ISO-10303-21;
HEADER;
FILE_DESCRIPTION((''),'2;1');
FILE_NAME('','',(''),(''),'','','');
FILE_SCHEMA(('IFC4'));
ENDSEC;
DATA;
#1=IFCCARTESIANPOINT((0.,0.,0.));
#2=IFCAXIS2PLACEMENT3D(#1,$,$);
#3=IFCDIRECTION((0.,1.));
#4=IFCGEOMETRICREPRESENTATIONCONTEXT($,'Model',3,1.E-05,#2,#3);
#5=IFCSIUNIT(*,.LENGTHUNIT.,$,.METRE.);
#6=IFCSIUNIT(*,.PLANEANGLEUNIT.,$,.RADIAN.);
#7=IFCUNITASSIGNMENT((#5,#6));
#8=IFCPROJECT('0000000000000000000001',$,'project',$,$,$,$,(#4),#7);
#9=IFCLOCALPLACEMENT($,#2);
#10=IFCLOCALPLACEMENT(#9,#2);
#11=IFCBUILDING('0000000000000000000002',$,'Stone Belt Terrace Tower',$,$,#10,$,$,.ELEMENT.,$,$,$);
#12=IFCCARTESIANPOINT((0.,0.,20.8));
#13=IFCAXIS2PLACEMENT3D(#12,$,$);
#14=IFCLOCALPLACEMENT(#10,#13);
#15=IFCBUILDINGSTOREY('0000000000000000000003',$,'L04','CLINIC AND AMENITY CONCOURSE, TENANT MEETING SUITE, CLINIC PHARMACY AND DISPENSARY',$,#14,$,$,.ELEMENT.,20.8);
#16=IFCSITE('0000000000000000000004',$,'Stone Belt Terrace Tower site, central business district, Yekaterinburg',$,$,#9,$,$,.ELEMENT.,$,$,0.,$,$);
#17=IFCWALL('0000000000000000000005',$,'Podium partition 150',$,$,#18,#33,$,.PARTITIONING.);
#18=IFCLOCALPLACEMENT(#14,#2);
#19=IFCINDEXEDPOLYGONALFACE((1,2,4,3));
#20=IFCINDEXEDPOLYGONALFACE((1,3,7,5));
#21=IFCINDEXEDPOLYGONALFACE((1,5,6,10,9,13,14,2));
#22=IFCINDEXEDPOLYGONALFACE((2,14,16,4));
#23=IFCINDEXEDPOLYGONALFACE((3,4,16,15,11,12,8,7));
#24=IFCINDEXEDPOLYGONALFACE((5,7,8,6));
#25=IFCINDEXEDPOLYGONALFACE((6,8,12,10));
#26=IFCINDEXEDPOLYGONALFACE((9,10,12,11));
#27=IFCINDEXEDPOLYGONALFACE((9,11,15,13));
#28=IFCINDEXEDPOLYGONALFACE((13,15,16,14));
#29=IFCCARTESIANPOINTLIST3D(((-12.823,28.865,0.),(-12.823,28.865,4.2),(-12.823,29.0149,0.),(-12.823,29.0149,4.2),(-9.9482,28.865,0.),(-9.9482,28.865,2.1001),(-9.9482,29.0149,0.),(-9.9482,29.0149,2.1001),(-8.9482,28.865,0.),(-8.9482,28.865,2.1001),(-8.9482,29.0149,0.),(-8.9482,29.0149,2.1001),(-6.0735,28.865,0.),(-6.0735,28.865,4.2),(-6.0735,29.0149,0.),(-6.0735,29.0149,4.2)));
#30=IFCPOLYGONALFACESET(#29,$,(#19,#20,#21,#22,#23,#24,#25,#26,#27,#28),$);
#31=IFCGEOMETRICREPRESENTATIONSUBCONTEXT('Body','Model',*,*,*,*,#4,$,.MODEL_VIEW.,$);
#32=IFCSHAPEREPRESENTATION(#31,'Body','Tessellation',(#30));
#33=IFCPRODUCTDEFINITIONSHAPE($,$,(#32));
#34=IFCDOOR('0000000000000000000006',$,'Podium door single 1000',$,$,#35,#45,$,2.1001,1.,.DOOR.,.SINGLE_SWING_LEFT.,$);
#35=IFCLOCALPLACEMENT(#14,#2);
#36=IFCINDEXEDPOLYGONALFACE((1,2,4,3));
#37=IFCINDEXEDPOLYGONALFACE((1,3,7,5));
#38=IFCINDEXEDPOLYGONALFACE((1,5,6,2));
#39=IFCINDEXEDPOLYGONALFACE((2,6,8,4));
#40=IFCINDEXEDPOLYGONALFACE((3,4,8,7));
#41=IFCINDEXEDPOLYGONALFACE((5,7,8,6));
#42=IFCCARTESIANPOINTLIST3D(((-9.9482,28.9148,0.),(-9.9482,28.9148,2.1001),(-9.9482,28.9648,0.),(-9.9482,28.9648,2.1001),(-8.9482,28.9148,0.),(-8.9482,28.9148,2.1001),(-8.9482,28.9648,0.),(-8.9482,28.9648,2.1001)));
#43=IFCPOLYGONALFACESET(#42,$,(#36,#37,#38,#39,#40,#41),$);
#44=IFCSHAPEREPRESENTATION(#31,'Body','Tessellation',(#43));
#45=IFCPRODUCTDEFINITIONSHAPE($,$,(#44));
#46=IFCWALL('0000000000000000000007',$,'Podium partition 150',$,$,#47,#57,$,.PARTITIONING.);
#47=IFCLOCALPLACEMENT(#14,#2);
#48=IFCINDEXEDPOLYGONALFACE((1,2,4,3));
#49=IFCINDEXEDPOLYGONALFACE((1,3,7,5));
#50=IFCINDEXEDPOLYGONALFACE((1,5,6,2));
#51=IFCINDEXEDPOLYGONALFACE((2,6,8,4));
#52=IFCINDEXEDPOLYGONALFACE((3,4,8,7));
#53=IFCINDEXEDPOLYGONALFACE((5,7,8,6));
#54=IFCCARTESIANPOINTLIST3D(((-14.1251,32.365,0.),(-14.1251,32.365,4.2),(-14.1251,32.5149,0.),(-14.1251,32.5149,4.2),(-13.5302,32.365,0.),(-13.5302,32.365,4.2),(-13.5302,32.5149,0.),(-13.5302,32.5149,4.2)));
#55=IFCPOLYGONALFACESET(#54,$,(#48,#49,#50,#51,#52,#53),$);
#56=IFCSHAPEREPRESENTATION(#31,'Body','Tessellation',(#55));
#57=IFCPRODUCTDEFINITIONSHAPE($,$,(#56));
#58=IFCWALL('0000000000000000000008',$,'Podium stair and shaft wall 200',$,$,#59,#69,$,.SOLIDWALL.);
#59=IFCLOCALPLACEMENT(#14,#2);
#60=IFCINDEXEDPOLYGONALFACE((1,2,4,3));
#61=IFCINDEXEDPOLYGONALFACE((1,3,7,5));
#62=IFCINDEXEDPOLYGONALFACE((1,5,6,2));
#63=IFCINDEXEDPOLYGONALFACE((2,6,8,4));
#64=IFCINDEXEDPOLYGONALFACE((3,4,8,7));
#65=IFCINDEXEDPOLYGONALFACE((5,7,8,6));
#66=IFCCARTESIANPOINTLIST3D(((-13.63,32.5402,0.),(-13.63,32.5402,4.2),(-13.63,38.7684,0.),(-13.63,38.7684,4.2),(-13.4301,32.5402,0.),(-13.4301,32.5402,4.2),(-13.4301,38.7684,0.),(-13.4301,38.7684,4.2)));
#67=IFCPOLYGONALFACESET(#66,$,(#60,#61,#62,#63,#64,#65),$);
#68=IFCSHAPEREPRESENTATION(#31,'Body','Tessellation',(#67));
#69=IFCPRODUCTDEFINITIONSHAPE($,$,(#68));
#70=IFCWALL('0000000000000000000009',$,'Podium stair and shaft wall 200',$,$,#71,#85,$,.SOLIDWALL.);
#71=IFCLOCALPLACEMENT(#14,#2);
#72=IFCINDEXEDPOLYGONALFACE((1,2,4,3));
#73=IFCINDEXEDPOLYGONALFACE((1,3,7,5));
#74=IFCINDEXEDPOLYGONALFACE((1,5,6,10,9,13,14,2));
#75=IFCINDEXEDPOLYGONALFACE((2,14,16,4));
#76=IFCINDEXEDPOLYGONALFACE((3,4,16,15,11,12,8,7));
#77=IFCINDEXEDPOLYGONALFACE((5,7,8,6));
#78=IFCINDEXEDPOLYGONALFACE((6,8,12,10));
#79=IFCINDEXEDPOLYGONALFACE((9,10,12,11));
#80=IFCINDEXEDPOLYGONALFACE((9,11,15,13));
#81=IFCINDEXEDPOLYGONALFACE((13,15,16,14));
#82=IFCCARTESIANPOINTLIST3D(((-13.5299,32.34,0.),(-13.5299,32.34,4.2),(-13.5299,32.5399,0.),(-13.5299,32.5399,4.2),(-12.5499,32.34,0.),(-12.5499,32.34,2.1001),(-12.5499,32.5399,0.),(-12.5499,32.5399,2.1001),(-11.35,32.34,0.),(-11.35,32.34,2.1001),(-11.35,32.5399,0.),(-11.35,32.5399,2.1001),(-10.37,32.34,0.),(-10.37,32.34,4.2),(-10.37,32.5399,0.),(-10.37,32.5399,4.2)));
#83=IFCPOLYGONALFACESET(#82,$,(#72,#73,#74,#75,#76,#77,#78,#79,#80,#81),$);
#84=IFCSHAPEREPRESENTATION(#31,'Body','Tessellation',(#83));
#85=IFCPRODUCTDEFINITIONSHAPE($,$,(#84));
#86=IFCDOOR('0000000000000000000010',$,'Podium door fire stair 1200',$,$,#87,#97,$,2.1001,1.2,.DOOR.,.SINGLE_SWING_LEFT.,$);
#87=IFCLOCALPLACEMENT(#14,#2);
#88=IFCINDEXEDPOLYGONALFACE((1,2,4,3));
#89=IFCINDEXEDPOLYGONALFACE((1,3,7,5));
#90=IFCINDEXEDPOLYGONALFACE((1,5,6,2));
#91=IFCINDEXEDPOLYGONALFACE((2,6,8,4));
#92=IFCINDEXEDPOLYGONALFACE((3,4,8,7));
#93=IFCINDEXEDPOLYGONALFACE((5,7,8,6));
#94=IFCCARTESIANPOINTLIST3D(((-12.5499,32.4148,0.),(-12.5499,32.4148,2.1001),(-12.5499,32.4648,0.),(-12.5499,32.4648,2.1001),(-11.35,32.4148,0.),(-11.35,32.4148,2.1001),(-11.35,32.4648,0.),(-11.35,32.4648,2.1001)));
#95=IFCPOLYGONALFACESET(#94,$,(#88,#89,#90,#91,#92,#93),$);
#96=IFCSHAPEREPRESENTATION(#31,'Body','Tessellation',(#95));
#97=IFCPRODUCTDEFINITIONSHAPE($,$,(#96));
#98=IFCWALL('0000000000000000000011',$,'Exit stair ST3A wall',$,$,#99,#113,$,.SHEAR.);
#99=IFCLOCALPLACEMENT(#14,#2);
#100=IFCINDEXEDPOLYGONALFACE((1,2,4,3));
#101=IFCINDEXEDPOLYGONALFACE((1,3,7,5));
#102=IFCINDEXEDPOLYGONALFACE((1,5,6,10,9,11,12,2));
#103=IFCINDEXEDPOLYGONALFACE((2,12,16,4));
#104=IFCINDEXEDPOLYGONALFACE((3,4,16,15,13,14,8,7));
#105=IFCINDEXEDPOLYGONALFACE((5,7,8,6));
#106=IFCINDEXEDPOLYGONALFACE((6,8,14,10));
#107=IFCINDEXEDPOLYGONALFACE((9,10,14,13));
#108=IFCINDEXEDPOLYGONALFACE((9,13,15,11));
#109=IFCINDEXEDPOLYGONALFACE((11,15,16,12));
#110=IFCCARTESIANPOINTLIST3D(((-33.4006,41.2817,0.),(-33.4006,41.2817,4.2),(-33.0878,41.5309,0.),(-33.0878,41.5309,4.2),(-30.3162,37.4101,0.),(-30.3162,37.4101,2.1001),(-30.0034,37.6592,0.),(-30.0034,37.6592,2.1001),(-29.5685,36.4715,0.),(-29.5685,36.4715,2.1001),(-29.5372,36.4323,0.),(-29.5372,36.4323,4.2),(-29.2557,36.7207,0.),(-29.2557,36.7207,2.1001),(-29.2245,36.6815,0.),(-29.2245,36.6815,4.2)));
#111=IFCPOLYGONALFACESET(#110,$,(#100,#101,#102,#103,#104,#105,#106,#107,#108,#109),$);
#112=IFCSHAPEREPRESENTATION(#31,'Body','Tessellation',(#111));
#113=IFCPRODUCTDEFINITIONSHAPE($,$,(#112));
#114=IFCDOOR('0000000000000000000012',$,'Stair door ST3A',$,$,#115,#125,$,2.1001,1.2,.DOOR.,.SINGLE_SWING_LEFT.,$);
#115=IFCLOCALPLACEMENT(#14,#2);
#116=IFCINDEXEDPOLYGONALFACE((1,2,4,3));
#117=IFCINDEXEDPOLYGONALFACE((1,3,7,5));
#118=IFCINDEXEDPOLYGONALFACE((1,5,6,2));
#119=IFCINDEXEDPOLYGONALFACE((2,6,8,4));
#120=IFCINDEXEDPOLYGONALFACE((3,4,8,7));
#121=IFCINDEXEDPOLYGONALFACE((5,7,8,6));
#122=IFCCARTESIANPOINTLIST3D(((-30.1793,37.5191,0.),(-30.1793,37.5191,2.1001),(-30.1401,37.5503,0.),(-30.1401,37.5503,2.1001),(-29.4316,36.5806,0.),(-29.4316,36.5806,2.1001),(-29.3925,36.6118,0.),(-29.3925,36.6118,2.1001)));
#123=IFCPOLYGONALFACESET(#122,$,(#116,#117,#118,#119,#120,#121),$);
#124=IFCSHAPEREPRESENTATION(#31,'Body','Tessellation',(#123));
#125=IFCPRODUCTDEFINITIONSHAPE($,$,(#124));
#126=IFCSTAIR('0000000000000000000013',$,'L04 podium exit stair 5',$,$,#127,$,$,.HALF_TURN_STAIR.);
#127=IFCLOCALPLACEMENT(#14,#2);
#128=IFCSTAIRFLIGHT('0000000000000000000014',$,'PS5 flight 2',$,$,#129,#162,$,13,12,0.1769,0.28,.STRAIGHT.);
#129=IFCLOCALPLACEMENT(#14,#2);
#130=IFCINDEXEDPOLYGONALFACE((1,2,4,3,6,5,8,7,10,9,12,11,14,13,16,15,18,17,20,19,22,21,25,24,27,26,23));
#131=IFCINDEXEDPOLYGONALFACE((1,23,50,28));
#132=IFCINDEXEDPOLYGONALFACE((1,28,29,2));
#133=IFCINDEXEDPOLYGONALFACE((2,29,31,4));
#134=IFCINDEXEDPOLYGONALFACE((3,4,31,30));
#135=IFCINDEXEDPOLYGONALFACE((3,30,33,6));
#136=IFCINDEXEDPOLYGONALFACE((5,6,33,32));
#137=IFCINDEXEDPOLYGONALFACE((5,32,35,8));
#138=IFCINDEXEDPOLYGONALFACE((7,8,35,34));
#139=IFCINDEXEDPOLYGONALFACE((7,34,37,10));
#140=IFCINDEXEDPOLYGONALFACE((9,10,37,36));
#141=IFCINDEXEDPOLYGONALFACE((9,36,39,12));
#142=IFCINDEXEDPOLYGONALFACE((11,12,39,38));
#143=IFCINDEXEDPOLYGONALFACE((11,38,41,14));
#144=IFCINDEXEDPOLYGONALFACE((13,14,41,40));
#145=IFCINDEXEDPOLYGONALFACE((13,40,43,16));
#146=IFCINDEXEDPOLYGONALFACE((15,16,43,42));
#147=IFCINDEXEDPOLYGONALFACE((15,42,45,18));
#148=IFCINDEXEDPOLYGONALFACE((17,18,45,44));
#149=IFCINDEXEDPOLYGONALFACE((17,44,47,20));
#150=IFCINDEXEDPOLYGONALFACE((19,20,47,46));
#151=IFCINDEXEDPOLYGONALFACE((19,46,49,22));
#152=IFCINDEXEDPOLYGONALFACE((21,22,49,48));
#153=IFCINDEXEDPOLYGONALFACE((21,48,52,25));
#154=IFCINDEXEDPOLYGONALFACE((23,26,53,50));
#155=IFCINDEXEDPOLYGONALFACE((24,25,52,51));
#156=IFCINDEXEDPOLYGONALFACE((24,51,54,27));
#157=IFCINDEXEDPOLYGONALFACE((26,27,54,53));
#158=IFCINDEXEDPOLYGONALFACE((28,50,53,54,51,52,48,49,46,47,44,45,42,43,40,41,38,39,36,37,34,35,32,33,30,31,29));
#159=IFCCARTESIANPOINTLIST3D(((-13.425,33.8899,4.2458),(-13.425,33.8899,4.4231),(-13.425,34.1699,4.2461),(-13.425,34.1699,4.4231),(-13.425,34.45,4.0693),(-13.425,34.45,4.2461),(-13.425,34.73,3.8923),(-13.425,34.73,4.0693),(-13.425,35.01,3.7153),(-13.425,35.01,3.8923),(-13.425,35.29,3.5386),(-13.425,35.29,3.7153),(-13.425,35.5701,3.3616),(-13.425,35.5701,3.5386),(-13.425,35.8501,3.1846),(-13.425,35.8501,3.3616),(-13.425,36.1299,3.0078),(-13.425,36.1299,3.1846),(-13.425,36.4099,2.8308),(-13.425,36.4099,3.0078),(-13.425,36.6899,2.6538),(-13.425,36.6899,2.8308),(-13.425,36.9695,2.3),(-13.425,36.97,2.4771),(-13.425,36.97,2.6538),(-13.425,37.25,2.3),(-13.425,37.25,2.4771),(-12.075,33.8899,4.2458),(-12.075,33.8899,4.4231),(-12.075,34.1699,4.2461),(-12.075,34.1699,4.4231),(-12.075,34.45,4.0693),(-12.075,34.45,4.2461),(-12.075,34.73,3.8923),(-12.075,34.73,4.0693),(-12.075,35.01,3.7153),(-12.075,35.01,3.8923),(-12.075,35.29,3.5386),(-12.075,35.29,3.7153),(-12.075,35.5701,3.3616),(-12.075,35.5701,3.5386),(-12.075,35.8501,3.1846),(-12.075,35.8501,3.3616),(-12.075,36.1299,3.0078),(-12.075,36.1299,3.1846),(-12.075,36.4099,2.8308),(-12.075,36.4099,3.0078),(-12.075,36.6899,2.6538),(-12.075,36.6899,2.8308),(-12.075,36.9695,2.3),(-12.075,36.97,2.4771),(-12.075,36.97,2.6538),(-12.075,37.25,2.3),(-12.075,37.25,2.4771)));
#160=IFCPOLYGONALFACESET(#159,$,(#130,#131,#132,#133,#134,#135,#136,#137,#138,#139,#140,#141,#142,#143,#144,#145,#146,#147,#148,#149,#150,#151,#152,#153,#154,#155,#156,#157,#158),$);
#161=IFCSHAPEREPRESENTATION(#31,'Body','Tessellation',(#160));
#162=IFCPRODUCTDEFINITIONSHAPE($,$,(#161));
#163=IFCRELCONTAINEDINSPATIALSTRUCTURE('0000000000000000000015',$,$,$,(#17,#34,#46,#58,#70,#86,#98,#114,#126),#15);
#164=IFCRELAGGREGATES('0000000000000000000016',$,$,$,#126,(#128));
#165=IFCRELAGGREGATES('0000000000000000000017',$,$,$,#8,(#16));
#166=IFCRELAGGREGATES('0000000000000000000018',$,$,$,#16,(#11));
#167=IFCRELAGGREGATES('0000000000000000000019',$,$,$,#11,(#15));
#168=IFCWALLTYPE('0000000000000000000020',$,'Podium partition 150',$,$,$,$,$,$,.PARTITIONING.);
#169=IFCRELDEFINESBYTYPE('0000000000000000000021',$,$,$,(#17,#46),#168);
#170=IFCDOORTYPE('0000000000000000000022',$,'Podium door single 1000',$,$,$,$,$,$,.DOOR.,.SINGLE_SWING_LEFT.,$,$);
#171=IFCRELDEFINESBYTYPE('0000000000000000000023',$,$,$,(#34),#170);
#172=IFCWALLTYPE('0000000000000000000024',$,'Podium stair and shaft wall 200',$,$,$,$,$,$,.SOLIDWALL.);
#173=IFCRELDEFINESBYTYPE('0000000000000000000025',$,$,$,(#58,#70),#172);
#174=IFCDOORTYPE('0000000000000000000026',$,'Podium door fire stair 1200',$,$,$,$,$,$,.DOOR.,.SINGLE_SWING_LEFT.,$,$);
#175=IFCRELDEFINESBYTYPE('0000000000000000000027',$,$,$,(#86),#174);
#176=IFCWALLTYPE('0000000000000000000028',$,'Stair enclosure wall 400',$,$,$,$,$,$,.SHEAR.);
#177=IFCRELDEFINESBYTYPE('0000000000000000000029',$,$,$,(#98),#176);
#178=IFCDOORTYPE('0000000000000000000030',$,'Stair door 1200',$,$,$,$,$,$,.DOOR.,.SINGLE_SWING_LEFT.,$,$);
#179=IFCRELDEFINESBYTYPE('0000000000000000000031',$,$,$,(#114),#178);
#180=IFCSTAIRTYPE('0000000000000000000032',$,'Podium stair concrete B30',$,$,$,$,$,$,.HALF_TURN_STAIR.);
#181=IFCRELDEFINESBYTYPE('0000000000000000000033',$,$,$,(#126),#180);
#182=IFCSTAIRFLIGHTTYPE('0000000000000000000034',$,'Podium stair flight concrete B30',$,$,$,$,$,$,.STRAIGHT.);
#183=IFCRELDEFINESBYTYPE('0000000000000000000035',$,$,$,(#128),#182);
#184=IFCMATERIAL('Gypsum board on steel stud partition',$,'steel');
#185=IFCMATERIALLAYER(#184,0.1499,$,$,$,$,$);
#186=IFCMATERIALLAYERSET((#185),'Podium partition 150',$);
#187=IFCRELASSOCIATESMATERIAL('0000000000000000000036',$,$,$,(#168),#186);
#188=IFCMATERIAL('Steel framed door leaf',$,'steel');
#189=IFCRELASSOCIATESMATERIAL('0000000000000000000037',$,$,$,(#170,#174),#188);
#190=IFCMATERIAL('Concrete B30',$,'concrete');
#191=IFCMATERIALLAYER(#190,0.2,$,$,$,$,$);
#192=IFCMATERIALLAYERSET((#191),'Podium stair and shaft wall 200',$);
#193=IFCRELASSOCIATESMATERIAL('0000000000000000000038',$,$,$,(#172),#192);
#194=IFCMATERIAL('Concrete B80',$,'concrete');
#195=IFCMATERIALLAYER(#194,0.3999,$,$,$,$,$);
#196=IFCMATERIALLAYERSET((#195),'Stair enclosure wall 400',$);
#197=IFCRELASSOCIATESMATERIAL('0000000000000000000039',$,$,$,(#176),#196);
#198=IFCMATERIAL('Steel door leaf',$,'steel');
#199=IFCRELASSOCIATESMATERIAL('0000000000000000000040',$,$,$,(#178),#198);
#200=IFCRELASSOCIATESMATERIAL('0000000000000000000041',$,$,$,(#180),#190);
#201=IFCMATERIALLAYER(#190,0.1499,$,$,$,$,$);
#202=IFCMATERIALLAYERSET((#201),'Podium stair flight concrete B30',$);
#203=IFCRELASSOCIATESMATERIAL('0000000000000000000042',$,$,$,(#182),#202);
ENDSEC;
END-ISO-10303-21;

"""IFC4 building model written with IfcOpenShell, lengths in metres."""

from ifc_helpers import new_model, si_unit, direction, frame, frame_2d, origin, place, context, subcontext, project, spatial, polyline, rectangle, outline, extrude, material, layer, layer_set, type_object, element, fill, aggregate, save


model = new_model("IFC4")

# Units and contexts
model_context = context("Model", 3, precision=1e-05, world=origin(), true_north=direction((0.0, 1.0)))
body_context = subcontext(model_context, "Body", "Model", "MODEL_VIEW")
ifc_project = project(units=[si_unit("LENGTHUNIT", "METRE"), si_unit("PLANEANGLEUNIT", "RADIAN")], contexts=[model_context])

# Site, building, storey
site_placement = place(None, origin())
site = spatial("IfcSite", under=ifc_project, at=site_placement, Name="Stone Belt Terrace Tower site, central business district, Yekaterinburg", CompositionType="ELEMENT", RefElevation=0.0)
building_placement = place(site_placement, origin())
building = spatial("IfcBuilding", under=site, at=building_placement, Name="Stone Belt Terrace Tower", CompositionType="ELEMENT")
storey_placement = place(building_placement, frame((0.0, 0.0, 20.8)))
storey = spatial("IfcBuildingStorey", under=building, at=storey_placement, Name="L04", Description="CLINIC AND AMENITY CONCOURSE, TENANT MEETING SUITE, CLINIC PHARMACY AND DISPENSARY", CompositionType="ELEMENT", Elevation=20.8)

# Shared definitions
ifc_material_1 = material(Name="Concrete B80", Category="concrete")

# Shared definitions
ifc_material_2 = material(Name="Gypsum board on steel stud partition", Category="steel")
ifc_layer_1 = layer(ifc_material_2, 0.1499)
ifc_layer_set_1 = layer_set([ifc_layer_1], Name="Podium partition 150")
wall_type_1 = type_object("IfcWallType", Name="Podium partition 150", PredefinedType="PARTITIONING", material=ifc_layer_set_1)

# Wall, opening, door
wall_1_placement = place(storey_placement, frame((-12.823, 28.9399, 0.0), z_axis=(0.0, 0.0, 1.0), x_axis=(1.0, 0.0, 0.0)))
wall_1 = element("IfcWall", 1, at=wall_1_placement, inside=storey, type_object=wall_type_1, Name="Podium partition 150", PredefinedType="PARTITIONING", context=body_context, shape_type="SweptSolid", body=[
    extrude(rectangle(XDim=6.7495, YDim=0.1499, at=frame_2d((3.3748, 0.0))), origin(), (0.0, 0.0, 1.0), 4.2),
])
opening_1_placement = place(wall_1_placement, frame((2.8748, 0.0, 0.0)))
opening_1 = element("IfcOpeningElement", 2, at=opening_1_placement, cuts=wall_1, PredefinedType="OPENING", context=body_context, shape_type="SweptSolid", body=[
    extrude(rectangle(XDim=1.0, YDim=2.1001, at=frame_2d((0.5, 1.05))), frame((0.0, 0.085, 0.0), z_axis=(0.0, -1.0, 0.0), x_axis=(1.0, 0.0, 0.0)), (0.0, 0.0, 1.0), 0.1699),
])
ifc_material_3 = material(Name="Steel framed door leaf", Category="steel")
door_type_1 = type_object("IfcDoorType", Name="Podium door single 1000", OperationType="SINGLE_SWING_LEFT", PredefinedType="DOOR", material=ifc_material_3)
door_1_placement = place(opening_1_placement, origin())
door_1 = element("IfcDoor", 3, at=door_1_placement, inside=storey, type_object=door_type_1, Name="Podium door single 1000", OperationType="SINGLE_SWING_LEFT", OverallHeight=2.1001, OverallWidth=1.0, PredefinedType="DOOR", context=body_context, shape_type="SweptSolid", body=[
    extrude(rectangle(XDim=1.0, YDim=2.1001, at=frame_2d((0.5, 1.05))), frame((0.0, 0.0249, 0.0), z_axis=(0.0, -1.0, 0.0), x_axis=(1.0, 0.0, 0.0)), (0.0, 0.0, 1.0), 0.05),
])
fill(opening_1, door_1)

# Walls
wall_2_placement = place(storey_placement, frame((-14.125, 32.4399, 0.0), z_axis=(0.0, 0.0, 1.0), x_axis=(1.0, 0.0, 0.0)))
element("IfcWall", 4, at=wall_2_placement, inside=storey, type_object=wall_type_1, Name="Podium partition 150", PredefinedType="PARTITIONING", context=body_context, shape_type="SweptSolid", body=[
    extrude(rectangle(XDim=0.595, YDim=0.1499, at=frame_2d((0.2974, 0.0))), origin(), (0.0, 0.0, 1.0), 4.2),
])
ifc_material_4 = material(Name="Concrete B30", Category="concrete")
ifc_layer_2 = layer(ifc_material_4, 0.2)
ifc_layer_set_2 = layer_set([ifc_layer_2], Name="Podium stair and shaft wall 200")
wall_type_2 = type_object("IfcWallType", Name="Podium stair and shaft wall 200", PredefinedType="SOLIDWALL", material=ifc_layer_set_2)
wall_3_placement = place(storey_placement, frame((-13.53, 32.54, 0.0), z_axis=(0.0, 0.0, 1.0), x_axis=(0.0, 1.0, 0.0)))
element("IfcWall", 5, at=wall_3_placement, inside=storey, type_object=wall_type_2, Name="Podium stair and shaft wall 200", PredefinedType="SOLIDWALL", context=body_context, shape_type="SweptSolid", body=[
    extrude(rectangle(XDim=6.2283, YDim=0.2, at=frame_2d((3.1143, 0.0))), origin(), (0.0, 0.0, 1.0), 4.2),
])

# Walls, openings, doors
wall_4_placement = place(storey_placement, frame((-13.53, 32.4399, 0.0), z_axis=(0.0, 0.0, 1.0), x_axis=(1.0, 0.0, 0.0)))
wall_4 = element("IfcWall", 6, at=wall_4_placement, inside=storey, type_object=wall_type_2, Name="Podium stair and shaft wall 200", PredefinedType="SOLIDWALL", context=body_context, shape_type="SweptSolid", body=[
    extrude(rectangle(XDim=3.1599, YDim=0.2, at=frame_2d((1.5801, 0.0))), origin(), (0.0, 0.0, 1.0), 4.2),
])
opening_2_placement = place(wall_4_placement, frame((0.98, 0.0, 0.0)))
opening_2 = element("IfcOpeningElement", 7, at=opening_2_placement, cuts=wall_4, PredefinedType="OPENING", context=body_context, shape_type="SweptSolid", body=[
    extrude(rectangle(XDim=1.2, YDim=2.1001, at=frame_2d((0.6001, 1.05))), frame((0.0, 0.1099, 0.0), z_axis=(0.0, -1.0, 0.0), x_axis=(1.0, 0.0, 0.0)), (0.0, 0.0, 1.0), 0.22),
])
door_type_2 = type_object("IfcDoorType", Name="Podium door fire stair 1200", OperationType="SINGLE_SWING_LEFT", PredefinedType="DOOR", material=ifc_material_3)
door_2_placement = place(opening_2_placement, origin())
door_2 = element("IfcDoor", 8, at=door_2_placement, inside=storey, type_object=door_type_2, Name="Podium door fire stair 1200", OperationType="SINGLE_SWING_LEFT", OverallHeight=2.1001, OverallWidth=1.2, PredefinedType="DOOR", context=body_context, shape_type="SweptSolid", body=[
    extrude(rectangle(XDim=1.2, YDim=2.1001, at=frame_2d((0.6001, 1.05))), frame((0.0, 0.0249, 0.0), z_axis=(0.0, -1.0, 0.0), x_axis=(1.0, 0.0, 0.0)), (0.0, 0.0, 1.0), 0.05),
])
fill(opening_2, door_2)
ifc_layer_3 = layer(ifc_material_1, 0.3999)
ifc_layer_set_3 = layer_set([ifc_layer_3], Name="Stair enclosure wall 400")
wall_type_3 = type_object("IfcWallType", Name="Stair enclosure wall 400", PredefinedType="SHEAR", material=ifc_layer_set_3)
wall_5_placement = place(storey_placement, frame((-29.3809, 36.5569, 0.0), z_axis=(0.0, 0.0, 1.0), x_axis=(-0.623099, 0.782143, 0.0)))
wall_5 = element("IfcWall", 9, at=wall_5_placement, inside=storey, type_object=wall_type_3, Name="Exit stair ST3A wall", PredefinedType="SHEAR", context=body_context, shape_type="SweptSolid", body=[
    extrude(rectangle(XDim=6.2002, YDim=0.3999, at=frame_2d((3.1001, 0.0))), origin(), (0.0, 0.0, 1.0), 4.2),
])
opening_3_placement = place(wall_5_placement, frame((0.05, 0.0, 0.0)))
opening_3 = element("IfcOpeningElement", 10, at=opening_3_placement, cuts=wall_5, PredefinedType="OPENING", context=body_context, shape_type="SweptSolid", body=[
    extrude(rectangle(XDim=1.2, YDim=2.1001, at=frame_2d((0.6001, 1.05))), frame((0.0, 0.21, 0.0), z_axis=(0.0, -1.0, 0.0), x_axis=(1.0, 0.0, 0.0)), (0.0, 0.0, 1.0), 0.4199),
])
ifc_material_5 = material(Name="Steel door leaf", Category="steel")
door_type_3 = type_object("IfcDoorType", Name="Stair door 1200", OperationType="SINGLE_SWING_LEFT", PredefinedType="DOOR", material=ifc_material_5)
door_3_placement = place(opening_3_placement, origin())
door_3 = element("IfcDoor", 11, at=door_3_placement, inside=storey, type_object=door_type_3, Name="Stair door ST3A", OperationType="SINGLE_SWING_LEFT", OverallHeight=2.1001, OverallWidth=1.2, PredefinedType="DOOR", context=body_context, shape_type="SweptSolid", body=[
    extrude(rectangle(XDim=1.2, YDim=2.1001, at=frame_2d((0.6001, 1.05))), frame((0.0, 0.0249, 0.0), z_axis=(0.0, -1.0, 0.0), x_axis=(1.0, 0.0, 0.0)), (0.0, 0.0, 1.0), 0.05),
])
fill(opening_3, door_3)

# Stair, stair flight
stair_type = type_object("IfcStairType", Name="Podium stair concrete B30", PredefinedType="HALF_TURN_STAIR", material=ifc_material_4)
stair_placement = place(storey_placement, origin())
stair = element("IfcStair", 12, at=stair_placement, inside=storey, type_object=stair_type, Name="L04 podium exit stair 5", PredefinedType="HALF_TURN_STAIR")
ifc_layer_4 = layer(ifc_material_4, 0.1499)
ifc_layer_set_4 = layer_set([ifc_layer_4], Name="Podium stair flight concrete B30")
stair_flight_type = type_object("IfcStairFlightType", Name="Podium stair flight concrete B30", PredefinedType="STRAIGHT", material=ifc_layer_set_4)
stair_flight_placement = place(storey_placement, frame((-12.75, 37.25, 2.3), z_axis=(0.0, 0.0, 1.0), x_axis=(0.0, -1.0, 0.0)))
stair_flight = element("IfcStairFlight", 13, at=stair_flight_placement, type_object=stair_flight_type, Name="PS5 flight 2", NumberOfRisers=13, NumberOfTreads=12, PredefinedType="STRAIGHT", RiserHeight=0.1769, TreadLength=0.28, context=body_context, shape_type="SweptSolid", body=[
    extrude(outline(polyline([(0.0, 0.0), (0.0, 0.177), (0.28, 0.177), (0.28, 0.3538), (0.5601, 0.3538), (0.5601, 0.5308), (0.8401, 0.5308), (0.8401, 0.7078), (1.1201, 0.7078), (1.1201, 0.8845), (1.3999, 0.8845), (1.3999, 1.0615), (1.6799, 1.0615), (1.6799, 1.2385), (1.96, 1.2385), (1.96, 1.4153), (2.24, 1.4153), (2.24, 1.5923), (2.52, 1.5923), (2.52, 1.7693), (2.8, 1.7693), (2.8, 1.946), (3.0801, 1.946), (3.0801, 2.123), (3.3601, 2.123), (3.3601, 2.3), (3.3601, 1.9458), (0.2805, 0.0), (0.0, 0.0)])), frame((0.0, 0.675, 0.0), z_axis=(0.0, -1.0, 0.0), x_axis=(1.0, 0.0, 0.0)), (0.0, 0.0, 1.0), 1.3501),
])
aggregate(stair, [stair_flight])

save(model, "model.ifc")
